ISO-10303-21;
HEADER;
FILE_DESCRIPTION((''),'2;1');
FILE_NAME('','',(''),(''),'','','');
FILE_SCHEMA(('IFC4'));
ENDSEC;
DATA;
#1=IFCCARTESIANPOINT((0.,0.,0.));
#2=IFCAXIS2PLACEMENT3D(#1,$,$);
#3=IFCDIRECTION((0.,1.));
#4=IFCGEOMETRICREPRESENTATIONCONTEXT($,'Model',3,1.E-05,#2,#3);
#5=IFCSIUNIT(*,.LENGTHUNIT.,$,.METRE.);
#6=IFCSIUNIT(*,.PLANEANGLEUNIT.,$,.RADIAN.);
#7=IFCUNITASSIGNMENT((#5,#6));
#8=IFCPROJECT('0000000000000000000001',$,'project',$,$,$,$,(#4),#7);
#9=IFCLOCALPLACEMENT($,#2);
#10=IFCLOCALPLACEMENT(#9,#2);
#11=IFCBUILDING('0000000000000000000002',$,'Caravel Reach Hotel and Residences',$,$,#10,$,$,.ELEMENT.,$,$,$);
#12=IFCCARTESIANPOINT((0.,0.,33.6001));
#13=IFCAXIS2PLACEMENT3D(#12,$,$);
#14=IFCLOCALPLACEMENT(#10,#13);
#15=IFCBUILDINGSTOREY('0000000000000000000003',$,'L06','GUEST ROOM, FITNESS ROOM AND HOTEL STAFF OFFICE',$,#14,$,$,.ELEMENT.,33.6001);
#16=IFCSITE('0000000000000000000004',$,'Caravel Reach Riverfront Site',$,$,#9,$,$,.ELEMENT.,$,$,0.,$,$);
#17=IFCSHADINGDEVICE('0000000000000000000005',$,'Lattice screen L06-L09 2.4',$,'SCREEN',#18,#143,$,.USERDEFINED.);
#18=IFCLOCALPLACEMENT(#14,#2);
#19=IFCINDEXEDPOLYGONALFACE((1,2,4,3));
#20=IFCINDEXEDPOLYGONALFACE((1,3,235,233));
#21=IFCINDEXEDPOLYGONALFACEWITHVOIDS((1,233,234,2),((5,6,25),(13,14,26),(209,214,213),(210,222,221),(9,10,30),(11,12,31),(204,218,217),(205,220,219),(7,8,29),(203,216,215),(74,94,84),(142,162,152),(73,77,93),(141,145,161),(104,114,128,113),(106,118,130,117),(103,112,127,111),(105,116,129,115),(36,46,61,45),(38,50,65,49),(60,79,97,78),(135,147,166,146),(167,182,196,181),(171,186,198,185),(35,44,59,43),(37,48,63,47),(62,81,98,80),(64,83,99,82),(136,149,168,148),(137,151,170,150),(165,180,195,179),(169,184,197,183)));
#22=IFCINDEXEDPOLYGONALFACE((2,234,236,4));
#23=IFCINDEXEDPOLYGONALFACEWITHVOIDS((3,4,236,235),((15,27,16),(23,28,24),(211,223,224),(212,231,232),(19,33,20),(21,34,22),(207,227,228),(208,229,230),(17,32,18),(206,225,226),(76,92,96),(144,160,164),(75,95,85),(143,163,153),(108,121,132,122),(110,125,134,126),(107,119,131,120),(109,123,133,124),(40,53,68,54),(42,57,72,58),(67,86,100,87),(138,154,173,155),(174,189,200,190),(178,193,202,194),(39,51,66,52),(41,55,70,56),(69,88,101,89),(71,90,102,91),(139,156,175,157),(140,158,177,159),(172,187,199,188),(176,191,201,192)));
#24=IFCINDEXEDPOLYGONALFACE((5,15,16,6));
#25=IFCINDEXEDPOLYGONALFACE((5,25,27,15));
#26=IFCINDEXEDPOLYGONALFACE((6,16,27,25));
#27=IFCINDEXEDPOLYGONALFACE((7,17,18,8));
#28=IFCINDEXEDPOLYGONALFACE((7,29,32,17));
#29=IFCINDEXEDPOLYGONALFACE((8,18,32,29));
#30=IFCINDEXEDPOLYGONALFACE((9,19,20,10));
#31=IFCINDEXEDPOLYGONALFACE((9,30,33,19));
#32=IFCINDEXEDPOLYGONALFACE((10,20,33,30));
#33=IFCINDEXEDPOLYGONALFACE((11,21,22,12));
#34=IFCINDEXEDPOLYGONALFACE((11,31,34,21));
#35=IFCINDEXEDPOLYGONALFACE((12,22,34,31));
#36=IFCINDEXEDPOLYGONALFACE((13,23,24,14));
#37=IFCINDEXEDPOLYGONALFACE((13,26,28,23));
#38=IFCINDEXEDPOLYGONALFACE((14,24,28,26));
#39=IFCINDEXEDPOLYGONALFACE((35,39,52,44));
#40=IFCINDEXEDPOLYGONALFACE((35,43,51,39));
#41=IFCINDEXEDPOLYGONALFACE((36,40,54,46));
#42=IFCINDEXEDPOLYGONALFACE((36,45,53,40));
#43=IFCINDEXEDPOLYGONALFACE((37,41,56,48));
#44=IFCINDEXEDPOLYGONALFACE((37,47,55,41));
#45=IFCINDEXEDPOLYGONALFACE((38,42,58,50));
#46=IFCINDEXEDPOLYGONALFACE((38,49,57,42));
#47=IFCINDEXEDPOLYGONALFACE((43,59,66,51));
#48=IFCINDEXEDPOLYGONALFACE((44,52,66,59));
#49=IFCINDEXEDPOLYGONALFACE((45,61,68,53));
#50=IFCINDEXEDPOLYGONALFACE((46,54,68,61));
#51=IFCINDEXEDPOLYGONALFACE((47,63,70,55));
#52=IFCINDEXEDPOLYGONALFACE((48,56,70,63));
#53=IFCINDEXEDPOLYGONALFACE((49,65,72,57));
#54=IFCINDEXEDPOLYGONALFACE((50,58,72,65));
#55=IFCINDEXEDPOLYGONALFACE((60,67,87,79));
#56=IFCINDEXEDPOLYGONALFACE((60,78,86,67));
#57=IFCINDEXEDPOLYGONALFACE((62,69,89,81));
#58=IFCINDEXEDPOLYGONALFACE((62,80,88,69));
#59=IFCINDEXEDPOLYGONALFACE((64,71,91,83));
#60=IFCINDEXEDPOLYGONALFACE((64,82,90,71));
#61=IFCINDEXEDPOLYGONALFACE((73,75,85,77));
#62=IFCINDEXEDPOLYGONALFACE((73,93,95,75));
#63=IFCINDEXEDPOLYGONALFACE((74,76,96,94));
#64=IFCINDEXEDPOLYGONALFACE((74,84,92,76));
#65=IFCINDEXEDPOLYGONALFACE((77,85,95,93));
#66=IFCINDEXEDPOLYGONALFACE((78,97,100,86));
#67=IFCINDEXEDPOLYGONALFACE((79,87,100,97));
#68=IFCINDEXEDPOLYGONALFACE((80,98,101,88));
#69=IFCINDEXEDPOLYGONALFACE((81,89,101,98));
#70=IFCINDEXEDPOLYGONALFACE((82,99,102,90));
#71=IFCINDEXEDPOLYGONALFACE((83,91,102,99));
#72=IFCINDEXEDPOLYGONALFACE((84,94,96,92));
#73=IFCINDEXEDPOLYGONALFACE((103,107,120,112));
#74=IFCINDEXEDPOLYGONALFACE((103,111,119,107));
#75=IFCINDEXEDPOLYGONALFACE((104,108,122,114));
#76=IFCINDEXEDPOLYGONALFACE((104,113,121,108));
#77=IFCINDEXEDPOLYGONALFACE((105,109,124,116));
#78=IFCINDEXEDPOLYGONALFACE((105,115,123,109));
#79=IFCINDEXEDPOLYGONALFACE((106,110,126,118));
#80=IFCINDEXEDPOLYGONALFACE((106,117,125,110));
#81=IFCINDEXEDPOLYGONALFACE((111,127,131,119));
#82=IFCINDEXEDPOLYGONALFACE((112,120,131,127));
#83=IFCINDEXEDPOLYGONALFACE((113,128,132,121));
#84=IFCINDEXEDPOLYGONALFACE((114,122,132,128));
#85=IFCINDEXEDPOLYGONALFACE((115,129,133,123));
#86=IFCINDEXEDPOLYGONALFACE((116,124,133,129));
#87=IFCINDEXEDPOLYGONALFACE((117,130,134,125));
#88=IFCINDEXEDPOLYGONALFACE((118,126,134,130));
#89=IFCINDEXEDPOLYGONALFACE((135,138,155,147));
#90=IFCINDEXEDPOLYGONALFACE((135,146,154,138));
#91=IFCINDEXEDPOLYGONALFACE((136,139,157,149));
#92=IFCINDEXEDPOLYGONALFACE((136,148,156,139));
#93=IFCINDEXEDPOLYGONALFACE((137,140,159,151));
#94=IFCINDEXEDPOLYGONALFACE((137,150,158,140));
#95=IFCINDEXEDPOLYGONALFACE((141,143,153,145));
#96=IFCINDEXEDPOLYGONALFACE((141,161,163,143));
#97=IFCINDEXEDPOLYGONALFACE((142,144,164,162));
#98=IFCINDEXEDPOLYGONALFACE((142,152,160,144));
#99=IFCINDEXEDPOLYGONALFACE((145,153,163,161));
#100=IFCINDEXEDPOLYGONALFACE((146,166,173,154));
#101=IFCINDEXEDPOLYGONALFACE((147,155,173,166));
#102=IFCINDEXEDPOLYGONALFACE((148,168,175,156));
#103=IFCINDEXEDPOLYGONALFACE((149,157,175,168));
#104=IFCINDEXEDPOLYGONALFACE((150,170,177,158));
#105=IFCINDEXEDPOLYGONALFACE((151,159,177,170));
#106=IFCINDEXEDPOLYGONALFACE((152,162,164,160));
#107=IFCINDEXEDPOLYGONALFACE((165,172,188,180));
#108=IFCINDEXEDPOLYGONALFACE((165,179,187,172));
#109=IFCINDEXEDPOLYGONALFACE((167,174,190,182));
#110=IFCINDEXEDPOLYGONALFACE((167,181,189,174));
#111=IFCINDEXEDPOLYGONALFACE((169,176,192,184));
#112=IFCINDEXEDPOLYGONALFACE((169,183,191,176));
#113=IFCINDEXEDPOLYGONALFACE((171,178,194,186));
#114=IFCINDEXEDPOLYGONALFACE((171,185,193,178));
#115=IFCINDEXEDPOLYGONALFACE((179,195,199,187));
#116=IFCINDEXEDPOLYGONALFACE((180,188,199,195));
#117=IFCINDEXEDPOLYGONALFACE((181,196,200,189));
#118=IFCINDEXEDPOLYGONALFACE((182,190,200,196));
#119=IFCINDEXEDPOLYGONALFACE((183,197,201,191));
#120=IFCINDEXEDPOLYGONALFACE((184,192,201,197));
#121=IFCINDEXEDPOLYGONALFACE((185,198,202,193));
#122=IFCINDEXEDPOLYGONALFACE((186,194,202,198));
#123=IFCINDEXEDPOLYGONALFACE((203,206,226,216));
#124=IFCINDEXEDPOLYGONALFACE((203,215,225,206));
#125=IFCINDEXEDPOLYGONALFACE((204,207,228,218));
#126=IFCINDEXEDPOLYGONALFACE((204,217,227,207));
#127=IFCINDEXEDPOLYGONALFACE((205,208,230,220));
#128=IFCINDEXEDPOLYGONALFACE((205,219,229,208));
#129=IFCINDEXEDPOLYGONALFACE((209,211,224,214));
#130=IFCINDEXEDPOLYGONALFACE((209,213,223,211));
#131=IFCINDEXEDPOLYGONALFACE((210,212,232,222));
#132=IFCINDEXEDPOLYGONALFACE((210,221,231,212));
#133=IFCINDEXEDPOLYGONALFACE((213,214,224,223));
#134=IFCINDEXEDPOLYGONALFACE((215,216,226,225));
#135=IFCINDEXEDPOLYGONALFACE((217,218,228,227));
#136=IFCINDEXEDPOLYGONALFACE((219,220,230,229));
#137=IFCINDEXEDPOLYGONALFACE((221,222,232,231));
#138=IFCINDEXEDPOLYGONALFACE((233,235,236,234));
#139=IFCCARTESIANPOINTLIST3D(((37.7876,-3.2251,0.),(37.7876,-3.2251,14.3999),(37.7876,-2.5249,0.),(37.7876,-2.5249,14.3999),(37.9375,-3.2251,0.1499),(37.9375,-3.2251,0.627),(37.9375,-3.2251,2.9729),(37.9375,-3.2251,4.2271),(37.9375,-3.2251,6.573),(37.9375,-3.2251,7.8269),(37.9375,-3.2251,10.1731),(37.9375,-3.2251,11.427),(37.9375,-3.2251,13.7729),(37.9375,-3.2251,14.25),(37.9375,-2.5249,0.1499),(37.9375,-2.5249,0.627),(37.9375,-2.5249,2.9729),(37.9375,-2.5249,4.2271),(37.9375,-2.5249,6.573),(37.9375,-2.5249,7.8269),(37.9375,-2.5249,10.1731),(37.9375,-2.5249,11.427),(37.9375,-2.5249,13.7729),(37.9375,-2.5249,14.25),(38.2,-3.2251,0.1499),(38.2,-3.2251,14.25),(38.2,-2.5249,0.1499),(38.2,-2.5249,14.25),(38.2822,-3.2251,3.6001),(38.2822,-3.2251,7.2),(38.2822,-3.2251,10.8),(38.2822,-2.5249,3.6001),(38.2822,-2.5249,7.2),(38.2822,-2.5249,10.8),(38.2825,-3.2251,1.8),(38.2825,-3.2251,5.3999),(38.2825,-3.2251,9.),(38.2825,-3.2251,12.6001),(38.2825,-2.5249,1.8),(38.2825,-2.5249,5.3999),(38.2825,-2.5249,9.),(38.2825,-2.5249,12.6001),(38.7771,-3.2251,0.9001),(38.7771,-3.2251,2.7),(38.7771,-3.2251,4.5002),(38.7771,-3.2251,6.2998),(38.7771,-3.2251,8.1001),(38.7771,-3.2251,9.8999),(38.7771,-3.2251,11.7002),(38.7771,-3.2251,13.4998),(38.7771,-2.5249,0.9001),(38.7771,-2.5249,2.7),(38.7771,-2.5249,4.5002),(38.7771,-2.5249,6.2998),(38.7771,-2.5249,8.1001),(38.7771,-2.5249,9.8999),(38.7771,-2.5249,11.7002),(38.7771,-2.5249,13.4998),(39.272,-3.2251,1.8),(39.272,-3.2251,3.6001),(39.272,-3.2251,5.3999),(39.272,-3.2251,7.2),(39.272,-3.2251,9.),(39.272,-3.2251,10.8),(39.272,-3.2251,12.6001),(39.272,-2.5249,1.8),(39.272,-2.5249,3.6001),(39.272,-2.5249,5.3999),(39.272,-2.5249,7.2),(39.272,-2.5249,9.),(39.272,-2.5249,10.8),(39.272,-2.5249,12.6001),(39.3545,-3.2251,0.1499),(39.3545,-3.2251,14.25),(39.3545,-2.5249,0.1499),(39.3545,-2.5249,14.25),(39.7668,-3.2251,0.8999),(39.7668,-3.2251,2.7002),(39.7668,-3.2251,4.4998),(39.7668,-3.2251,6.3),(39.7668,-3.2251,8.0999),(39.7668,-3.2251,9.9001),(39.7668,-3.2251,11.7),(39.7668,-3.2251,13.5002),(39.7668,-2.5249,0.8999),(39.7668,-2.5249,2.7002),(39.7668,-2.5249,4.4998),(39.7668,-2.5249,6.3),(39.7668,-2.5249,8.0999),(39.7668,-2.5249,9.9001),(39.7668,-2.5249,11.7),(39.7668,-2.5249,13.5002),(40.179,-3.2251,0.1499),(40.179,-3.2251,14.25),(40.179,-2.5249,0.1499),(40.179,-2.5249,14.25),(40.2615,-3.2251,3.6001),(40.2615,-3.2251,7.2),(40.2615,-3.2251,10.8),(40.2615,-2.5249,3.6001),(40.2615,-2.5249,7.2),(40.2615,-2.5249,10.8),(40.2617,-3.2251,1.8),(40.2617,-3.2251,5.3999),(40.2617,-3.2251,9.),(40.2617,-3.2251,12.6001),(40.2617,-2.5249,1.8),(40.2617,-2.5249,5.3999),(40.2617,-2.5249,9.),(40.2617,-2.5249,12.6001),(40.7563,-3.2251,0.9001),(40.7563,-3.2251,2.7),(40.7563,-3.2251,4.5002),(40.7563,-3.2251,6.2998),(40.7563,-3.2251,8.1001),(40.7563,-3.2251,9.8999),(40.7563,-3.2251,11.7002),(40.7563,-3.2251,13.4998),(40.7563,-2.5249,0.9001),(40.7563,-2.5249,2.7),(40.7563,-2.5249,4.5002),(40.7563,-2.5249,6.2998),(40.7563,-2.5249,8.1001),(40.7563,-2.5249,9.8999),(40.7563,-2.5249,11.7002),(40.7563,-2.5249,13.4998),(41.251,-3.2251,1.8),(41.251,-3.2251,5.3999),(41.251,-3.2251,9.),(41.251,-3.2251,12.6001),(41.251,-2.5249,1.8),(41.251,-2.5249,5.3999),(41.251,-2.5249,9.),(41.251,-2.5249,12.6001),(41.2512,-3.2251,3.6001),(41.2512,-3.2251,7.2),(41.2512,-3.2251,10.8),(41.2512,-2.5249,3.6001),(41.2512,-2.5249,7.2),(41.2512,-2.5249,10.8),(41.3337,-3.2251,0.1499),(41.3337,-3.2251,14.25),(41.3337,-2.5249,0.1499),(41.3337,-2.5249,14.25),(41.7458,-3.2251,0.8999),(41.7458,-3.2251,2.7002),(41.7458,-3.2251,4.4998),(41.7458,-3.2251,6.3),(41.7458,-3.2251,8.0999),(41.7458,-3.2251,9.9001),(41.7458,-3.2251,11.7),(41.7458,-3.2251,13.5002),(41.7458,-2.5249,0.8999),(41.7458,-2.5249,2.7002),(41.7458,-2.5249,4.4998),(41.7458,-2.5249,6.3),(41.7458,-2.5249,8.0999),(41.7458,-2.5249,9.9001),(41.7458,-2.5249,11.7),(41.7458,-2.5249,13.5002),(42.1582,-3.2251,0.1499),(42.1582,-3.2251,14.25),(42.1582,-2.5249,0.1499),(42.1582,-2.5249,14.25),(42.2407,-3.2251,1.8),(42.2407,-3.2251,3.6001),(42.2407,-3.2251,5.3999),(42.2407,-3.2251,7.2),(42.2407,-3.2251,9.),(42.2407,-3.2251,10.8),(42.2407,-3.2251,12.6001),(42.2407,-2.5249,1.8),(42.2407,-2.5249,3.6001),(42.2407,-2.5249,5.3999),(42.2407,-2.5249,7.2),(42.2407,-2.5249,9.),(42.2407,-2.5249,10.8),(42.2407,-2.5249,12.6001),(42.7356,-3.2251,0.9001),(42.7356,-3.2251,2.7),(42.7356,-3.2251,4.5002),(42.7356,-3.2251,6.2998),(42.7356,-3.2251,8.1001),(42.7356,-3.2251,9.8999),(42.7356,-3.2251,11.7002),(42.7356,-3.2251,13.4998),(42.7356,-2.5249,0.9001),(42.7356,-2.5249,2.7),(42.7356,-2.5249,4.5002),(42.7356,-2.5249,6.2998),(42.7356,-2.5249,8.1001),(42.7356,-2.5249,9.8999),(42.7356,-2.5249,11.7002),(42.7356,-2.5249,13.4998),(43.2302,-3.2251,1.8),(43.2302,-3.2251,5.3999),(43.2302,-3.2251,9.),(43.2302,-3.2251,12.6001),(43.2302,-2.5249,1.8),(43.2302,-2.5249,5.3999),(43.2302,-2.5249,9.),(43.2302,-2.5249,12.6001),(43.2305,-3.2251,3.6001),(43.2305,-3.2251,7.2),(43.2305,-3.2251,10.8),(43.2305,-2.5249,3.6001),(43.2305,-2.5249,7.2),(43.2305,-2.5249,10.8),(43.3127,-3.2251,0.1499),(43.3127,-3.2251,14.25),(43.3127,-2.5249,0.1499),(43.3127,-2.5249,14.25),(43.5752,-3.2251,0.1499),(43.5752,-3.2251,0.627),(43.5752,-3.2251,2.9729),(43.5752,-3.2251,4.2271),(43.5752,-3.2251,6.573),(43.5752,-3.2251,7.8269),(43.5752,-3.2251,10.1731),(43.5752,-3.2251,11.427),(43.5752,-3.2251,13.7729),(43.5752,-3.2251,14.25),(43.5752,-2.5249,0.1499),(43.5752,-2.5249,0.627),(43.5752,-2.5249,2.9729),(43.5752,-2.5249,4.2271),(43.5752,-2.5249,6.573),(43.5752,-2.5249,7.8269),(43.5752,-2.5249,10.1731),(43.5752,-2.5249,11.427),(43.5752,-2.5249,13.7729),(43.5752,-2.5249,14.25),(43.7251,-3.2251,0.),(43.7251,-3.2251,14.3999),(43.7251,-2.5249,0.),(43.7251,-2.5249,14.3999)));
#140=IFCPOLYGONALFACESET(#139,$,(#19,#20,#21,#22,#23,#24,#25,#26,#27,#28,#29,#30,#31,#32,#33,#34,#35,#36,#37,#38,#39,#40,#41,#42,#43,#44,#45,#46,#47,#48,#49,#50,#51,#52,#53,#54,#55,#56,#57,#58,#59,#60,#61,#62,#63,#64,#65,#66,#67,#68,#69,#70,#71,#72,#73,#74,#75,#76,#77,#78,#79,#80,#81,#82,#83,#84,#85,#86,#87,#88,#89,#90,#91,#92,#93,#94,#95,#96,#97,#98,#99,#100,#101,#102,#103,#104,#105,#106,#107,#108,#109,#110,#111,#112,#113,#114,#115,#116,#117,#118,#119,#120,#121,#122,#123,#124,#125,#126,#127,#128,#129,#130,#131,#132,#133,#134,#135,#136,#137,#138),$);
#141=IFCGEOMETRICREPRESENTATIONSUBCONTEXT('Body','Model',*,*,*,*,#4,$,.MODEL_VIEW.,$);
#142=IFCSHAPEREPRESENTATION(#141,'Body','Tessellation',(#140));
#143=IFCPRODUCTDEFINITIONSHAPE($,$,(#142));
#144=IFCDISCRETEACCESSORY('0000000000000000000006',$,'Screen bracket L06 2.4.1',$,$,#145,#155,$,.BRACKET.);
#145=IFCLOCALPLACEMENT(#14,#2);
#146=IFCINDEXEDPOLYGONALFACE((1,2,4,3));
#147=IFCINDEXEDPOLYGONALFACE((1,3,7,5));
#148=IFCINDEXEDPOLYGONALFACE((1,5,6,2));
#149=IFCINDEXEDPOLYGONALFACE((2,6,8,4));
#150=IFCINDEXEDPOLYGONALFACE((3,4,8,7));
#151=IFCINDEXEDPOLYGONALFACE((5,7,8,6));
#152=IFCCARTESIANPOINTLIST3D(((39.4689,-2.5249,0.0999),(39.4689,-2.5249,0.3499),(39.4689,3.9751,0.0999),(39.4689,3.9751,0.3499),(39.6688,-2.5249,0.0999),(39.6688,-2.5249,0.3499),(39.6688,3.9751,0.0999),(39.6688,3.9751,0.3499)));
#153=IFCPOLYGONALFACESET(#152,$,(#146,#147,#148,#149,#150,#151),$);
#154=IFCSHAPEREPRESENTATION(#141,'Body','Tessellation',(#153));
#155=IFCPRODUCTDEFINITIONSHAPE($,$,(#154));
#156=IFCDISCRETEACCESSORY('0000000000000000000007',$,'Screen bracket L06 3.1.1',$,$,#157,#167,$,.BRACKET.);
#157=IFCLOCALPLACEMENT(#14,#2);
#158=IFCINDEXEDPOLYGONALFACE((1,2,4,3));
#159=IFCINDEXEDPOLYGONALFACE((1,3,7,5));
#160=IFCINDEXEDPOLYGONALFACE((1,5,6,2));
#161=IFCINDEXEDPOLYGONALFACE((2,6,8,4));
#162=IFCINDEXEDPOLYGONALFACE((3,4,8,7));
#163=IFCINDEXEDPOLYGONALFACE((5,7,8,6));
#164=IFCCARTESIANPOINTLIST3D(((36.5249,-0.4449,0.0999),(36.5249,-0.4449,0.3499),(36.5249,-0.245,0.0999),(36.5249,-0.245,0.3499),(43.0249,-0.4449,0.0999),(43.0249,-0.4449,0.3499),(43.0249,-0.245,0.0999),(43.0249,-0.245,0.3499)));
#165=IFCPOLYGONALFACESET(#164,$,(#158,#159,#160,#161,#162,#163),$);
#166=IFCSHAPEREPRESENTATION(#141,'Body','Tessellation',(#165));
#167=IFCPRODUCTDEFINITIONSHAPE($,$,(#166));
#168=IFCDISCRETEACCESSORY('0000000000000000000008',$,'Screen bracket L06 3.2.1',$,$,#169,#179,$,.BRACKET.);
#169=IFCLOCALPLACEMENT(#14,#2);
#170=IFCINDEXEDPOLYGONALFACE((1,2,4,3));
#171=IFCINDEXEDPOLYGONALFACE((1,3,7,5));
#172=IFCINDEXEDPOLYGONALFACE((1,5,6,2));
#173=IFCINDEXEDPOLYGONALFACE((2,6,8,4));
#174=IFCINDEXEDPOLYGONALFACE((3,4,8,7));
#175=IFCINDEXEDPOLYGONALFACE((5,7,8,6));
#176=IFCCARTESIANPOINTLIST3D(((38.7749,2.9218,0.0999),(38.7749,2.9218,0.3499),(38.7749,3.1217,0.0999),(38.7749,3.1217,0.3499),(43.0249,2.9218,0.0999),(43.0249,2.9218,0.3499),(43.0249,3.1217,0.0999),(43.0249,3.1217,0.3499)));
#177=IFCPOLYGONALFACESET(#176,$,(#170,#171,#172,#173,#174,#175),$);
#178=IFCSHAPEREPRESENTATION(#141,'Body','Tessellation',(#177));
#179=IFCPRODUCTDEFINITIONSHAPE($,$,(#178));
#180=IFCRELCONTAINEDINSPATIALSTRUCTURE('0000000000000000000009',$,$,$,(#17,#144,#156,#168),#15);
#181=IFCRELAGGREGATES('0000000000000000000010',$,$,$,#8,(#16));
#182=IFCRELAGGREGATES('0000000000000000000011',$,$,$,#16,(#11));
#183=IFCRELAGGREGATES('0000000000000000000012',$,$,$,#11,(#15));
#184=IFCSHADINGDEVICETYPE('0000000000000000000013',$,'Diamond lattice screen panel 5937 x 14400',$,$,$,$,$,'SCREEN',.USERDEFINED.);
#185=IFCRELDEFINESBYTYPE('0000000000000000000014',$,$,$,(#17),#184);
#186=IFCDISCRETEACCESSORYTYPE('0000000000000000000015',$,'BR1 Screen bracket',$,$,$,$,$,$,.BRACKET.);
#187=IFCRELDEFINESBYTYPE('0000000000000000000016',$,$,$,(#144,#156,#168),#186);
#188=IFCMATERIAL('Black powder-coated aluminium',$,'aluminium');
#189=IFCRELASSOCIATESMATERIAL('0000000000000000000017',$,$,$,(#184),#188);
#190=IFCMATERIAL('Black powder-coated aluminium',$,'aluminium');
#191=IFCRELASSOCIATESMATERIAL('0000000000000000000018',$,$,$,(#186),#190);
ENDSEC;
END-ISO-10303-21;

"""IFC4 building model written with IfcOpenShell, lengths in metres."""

from ifc_helpers import new_model, si_unit, direction, frame, origin, origin_2d, place, context, subcontext, project, spatial, polyline, rectangle, outline, extrude, material, type_object, element, save


model = new_model("IFC4")

# Units and contexts
model_context = context("Model", 3, precision=1e-05, world=origin(), true_north=direction((0.0, 1.0)))
body_context = subcontext(model_context, "Body", "Model", "MODEL_VIEW")
ifc_project = project(units=[si_unit("LENGTHUNIT", "METRE"), si_unit("PLANEANGLEUNIT", "RADIAN")], contexts=[model_context])

# Site, building, storey
site_placement = place(None, origin())
site = spatial("IfcSite", under=ifc_project, at=site_placement, Name="Caravel Reach Riverfront Site", CompositionType="ELEMENT", RefElevation=0.0)
building_placement = place(site_placement, origin())
building = spatial("IfcBuilding", under=site, at=building_placement, Name="Caravel Reach Hotel and Residences", CompositionType="ELEMENT")
storey_placement = place(building_placement, frame((0.0, 0.0, 33.6001)))
storey = spatial("IfcBuildingStorey", under=building, at=storey_placement, Name="L06", Description="GUEST ROOM, FITNESS ROOM AND HOTEL STAFF OFFICE", CompositionType="ELEMENT", Elevation=33.6001)

# Shading device
ifc_material_1 = material(Name="Black powder-coated aluminium", Category="aluminium")
shading_device_type_1 = type_object("IfcShadingDeviceType", Name="Diamond lattice screen panel 5937 x 14400", ElementType="SCREEN", PredefinedType="USERDEFINED", material=ifc_material_1)
shading_device_placement = place(storey_placement, frame((37.7876, -2.5249, 0.0), z_axis=(0.0, -1.0, 0.0), x_axis=(1.0, 0.0, 0.0)))
element("IfcShadingDevice", 1, at=shading_device_placement, inside=storey, type_object=shading_device_type_1, Name="Lattice screen L06-L09 2.4", ObjectType="SCREEN", PredefinedType="USERDEFINED", context=body_context, shape_type="SweptSolid", body=[
    extrude(outline(polyline([(0.0, 0.0), (5.9375, 0.0), (5.9375, 14.3999), (0.0, 14.3999), (0.0, 0.0)]), holes=[polyline([(0.4124, 0.1499), (0.1499, 0.627), (0.1499, 0.1499), (0.4124, 0.1499)]), polyline([(0.4946, 3.6001), (0.1499, 4.2271), (0.1499, 2.9729), (0.4946, 3.6001)]), polyline([(0.4946, 7.2), (0.1499, 7.8269), (0.1499, 6.573), (0.4946, 7.2)]), polyline([(0.4946, 10.8), (0.1499, 11.427), (0.1499, 10.1731), (0.4946, 10.8)]), polyline([(0.1499, 13.7729), (0.4124, 14.25), (0.1499, 14.25), (0.1499, 13.7729)]), polyline([(0.9895, 2.7), (0.4949, 1.8), (0.9895, 0.9001), (1.4844, 1.8), (0.9895, 2.7)]), polyline([(0.9895, 6.2998), (0.4949, 5.3999), (0.9895, 4.5002), (1.4844, 5.3999), (0.9895, 6.2998)]), polyline([(0.9895, 9.8999), (0.4949, 9.0), (0.9895, 8.1001), (1.4844, 9.0), (0.9895, 9.8999)]), polyline([(0.9895, 13.4998), (0.4949, 12.6001), (0.9895, 11.7002), (1.4844, 12.6001), (0.9895, 13.4998)]), polyline([(1.9792, 0.8999), (1.5669, 0.1499), (2.3914, 0.1499), (1.9792, 0.8999)]), polyline([(1.9792, 4.4998), (1.4844, 3.6001), (1.9792, 2.7002), (2.4739, 3.6001), (1.9792, 4.4998)]), polyline([(1.9792, 8.0999), (1.4844, 7.2), (1.9792, 6.3), (2.4739, 7.2), (1.9792, 8.0999)]), polyline([(1.9792, 11.7), (1.4844, 10.8), (1.9792, 9.9001), (2.4739, 10.8), (1.9792, 11.7)]), polyline([(1.9792, 13.5002), (2.3914, 14.25), (1.5669, 14.25), (1.9792, 13.5002)]), polyline([(2.9688, 2.7), (2.4741, 1.8), (2.9688, 0.9001), (3.4634, 1.8), (2.9688, 2.7)]), polyline([(2.9688, 6.2998), (2.4741, 5.3999), (2.9688, 4.5002), (3.4634, 5.3999), (2.9688, 6.2998)]), polyline([(2.9688, 9.8999), (2.4741, 9.0), (2.9688, 8.1001), (3.4634, 9.0), (2.9688, 9.8999)]), polyline([(2.9688, 13.4998), (2.4741, 12.6001), (2.9688, 11.7002), (3.4634, 12.6001), (2.9688, 13.4998)]), polyline([(3.9583, 0.8999), (3.5461, 0.1499), (4.3706, 0.1499), (3.9583, 0.8999)]), polyline([(3.9583, 4.4998), (3.4636, 3.6001), (3.9583, 2.7002), (4.4531, 3.6001), (3.9583, 4.4998)]), polyline([(3.9583, 8.0999), (3.4636, 7.2), (3.9583, 6.3), (4.4531, 7.2), (3.9583, 8.0999)]), polyline([(3.9583, 11.7), (3.4636, 10.8), (3.9583, 9.9001), (4.4531, 10.8), (3.9583, 11.7)]), polyline([(3.9583, 13.5002), (4.3706, 14.25), (3.5461, 14.25), (3.9583, 13.5002)]), polyline([(4.948, 2.7), (4.4531, 1.8), (4.948, 0.9001), (5.4426, 1.8), (4.948, 2.7)]), polyline([(4.948, 6.2998), (4.4531, 5.3999), (4.948, 4.5002), (5.4426, 5.3999), (4.948, 6.2998)]), polyline([(4.948, 9.8999), (4.4531, 9.0), (4.948, 8.1001), (5.4426, 9.0), (4.948, 9.8999)]), polyline([(4.948, 13.4998), (4.4531, 12.6001), (4.948, 11.7002), (5.4426, 12.6001), (4.948, 13.4998)]), polyline([(5.7876, 0.627), (5.5251, 0.1499), (5.7876, 0.1499), (5.7876, 0.627)]), polyline([(5.4429, 3.6001), (5.7876, 2.9729), (5.7876, 4.2271), (5.4429, 3.6001)]), polyline([(5.4429, 7.2), (5.7876, 6.573), (5.7876, 7.8269), (5.4429, 7.2)]), polyline([(5.4429, 10.8), (5.7876, 10.1731), (5.7876, 11.427), (5.4429, 10.8)]), polyline([(5.5251, 14.25), (5.7876, 13.7729), (5.7876, 14.25), (5.5251, 14.25)])]), origin(), (0.0, 0.0, 1.0), 0.7002),
])

# Discrete accessories
ifc_material_2 = material(Name="Black powder-coated aluminium", Category="aluminium")
discrete_accessory_type = type_object("IfcDiscreteAccessoryType", Name="BR1 Screen bracket", PredefinedType="BRACKET", material=ifc_material_2)
for number, where, z_axis, x_axis, name in (
    (2, (39.5688, 0.7251, 0.0999), (0.0, 0.0, 1.0), (0.0, -1.0, 0.0), "Screen bracket L06 2.4.1"),
    (3, (39.7749, -0.345, 0.0999), (0.0, 0.0, 1.0), (1.0, 0.0, 0.0), "Screen bracket L06 3.1.1"),
):
    element("IfcDiscreteAccessory", number, at=place(storey_placement, frame(where, z_axis=z_axis, x_axis=x_axis)), inside=storey, type_object=discrete_accessory_type, Name=name, PredefinedType="BRACKET", context=body_context, shape_type="SweptSolid", body=[
        extrude(rectangle(XDim=6.5, YDim=0.2, at=origin_2d()), origin(), (0.0, 0.0, 1.0), 0.25),
    ])
discrete_accessory_placement = place(storey_placement, frame((40.8999, 3.0217, 0.0999), z_axis=(0.0, 0.0, 1.0), x_axis=(1.0, 0.0, 0.0)))
element("IfcDiscreteAccessory", 4, at=discrete_accessory_placement, inside=storey, type_object=discrete_accessory_type, Name="Screen bracket L06 3.2.1", PredefinedType="BRACKET", context=body_context, shape_type="SweptSolid", body=[
    extrude(rectangle(XDim=4.25, YDim=0.2, at=origin_2d()), origin(), (0.0, 0.0, 1.0), 0.25),
])

save(model, "model.ifc")
